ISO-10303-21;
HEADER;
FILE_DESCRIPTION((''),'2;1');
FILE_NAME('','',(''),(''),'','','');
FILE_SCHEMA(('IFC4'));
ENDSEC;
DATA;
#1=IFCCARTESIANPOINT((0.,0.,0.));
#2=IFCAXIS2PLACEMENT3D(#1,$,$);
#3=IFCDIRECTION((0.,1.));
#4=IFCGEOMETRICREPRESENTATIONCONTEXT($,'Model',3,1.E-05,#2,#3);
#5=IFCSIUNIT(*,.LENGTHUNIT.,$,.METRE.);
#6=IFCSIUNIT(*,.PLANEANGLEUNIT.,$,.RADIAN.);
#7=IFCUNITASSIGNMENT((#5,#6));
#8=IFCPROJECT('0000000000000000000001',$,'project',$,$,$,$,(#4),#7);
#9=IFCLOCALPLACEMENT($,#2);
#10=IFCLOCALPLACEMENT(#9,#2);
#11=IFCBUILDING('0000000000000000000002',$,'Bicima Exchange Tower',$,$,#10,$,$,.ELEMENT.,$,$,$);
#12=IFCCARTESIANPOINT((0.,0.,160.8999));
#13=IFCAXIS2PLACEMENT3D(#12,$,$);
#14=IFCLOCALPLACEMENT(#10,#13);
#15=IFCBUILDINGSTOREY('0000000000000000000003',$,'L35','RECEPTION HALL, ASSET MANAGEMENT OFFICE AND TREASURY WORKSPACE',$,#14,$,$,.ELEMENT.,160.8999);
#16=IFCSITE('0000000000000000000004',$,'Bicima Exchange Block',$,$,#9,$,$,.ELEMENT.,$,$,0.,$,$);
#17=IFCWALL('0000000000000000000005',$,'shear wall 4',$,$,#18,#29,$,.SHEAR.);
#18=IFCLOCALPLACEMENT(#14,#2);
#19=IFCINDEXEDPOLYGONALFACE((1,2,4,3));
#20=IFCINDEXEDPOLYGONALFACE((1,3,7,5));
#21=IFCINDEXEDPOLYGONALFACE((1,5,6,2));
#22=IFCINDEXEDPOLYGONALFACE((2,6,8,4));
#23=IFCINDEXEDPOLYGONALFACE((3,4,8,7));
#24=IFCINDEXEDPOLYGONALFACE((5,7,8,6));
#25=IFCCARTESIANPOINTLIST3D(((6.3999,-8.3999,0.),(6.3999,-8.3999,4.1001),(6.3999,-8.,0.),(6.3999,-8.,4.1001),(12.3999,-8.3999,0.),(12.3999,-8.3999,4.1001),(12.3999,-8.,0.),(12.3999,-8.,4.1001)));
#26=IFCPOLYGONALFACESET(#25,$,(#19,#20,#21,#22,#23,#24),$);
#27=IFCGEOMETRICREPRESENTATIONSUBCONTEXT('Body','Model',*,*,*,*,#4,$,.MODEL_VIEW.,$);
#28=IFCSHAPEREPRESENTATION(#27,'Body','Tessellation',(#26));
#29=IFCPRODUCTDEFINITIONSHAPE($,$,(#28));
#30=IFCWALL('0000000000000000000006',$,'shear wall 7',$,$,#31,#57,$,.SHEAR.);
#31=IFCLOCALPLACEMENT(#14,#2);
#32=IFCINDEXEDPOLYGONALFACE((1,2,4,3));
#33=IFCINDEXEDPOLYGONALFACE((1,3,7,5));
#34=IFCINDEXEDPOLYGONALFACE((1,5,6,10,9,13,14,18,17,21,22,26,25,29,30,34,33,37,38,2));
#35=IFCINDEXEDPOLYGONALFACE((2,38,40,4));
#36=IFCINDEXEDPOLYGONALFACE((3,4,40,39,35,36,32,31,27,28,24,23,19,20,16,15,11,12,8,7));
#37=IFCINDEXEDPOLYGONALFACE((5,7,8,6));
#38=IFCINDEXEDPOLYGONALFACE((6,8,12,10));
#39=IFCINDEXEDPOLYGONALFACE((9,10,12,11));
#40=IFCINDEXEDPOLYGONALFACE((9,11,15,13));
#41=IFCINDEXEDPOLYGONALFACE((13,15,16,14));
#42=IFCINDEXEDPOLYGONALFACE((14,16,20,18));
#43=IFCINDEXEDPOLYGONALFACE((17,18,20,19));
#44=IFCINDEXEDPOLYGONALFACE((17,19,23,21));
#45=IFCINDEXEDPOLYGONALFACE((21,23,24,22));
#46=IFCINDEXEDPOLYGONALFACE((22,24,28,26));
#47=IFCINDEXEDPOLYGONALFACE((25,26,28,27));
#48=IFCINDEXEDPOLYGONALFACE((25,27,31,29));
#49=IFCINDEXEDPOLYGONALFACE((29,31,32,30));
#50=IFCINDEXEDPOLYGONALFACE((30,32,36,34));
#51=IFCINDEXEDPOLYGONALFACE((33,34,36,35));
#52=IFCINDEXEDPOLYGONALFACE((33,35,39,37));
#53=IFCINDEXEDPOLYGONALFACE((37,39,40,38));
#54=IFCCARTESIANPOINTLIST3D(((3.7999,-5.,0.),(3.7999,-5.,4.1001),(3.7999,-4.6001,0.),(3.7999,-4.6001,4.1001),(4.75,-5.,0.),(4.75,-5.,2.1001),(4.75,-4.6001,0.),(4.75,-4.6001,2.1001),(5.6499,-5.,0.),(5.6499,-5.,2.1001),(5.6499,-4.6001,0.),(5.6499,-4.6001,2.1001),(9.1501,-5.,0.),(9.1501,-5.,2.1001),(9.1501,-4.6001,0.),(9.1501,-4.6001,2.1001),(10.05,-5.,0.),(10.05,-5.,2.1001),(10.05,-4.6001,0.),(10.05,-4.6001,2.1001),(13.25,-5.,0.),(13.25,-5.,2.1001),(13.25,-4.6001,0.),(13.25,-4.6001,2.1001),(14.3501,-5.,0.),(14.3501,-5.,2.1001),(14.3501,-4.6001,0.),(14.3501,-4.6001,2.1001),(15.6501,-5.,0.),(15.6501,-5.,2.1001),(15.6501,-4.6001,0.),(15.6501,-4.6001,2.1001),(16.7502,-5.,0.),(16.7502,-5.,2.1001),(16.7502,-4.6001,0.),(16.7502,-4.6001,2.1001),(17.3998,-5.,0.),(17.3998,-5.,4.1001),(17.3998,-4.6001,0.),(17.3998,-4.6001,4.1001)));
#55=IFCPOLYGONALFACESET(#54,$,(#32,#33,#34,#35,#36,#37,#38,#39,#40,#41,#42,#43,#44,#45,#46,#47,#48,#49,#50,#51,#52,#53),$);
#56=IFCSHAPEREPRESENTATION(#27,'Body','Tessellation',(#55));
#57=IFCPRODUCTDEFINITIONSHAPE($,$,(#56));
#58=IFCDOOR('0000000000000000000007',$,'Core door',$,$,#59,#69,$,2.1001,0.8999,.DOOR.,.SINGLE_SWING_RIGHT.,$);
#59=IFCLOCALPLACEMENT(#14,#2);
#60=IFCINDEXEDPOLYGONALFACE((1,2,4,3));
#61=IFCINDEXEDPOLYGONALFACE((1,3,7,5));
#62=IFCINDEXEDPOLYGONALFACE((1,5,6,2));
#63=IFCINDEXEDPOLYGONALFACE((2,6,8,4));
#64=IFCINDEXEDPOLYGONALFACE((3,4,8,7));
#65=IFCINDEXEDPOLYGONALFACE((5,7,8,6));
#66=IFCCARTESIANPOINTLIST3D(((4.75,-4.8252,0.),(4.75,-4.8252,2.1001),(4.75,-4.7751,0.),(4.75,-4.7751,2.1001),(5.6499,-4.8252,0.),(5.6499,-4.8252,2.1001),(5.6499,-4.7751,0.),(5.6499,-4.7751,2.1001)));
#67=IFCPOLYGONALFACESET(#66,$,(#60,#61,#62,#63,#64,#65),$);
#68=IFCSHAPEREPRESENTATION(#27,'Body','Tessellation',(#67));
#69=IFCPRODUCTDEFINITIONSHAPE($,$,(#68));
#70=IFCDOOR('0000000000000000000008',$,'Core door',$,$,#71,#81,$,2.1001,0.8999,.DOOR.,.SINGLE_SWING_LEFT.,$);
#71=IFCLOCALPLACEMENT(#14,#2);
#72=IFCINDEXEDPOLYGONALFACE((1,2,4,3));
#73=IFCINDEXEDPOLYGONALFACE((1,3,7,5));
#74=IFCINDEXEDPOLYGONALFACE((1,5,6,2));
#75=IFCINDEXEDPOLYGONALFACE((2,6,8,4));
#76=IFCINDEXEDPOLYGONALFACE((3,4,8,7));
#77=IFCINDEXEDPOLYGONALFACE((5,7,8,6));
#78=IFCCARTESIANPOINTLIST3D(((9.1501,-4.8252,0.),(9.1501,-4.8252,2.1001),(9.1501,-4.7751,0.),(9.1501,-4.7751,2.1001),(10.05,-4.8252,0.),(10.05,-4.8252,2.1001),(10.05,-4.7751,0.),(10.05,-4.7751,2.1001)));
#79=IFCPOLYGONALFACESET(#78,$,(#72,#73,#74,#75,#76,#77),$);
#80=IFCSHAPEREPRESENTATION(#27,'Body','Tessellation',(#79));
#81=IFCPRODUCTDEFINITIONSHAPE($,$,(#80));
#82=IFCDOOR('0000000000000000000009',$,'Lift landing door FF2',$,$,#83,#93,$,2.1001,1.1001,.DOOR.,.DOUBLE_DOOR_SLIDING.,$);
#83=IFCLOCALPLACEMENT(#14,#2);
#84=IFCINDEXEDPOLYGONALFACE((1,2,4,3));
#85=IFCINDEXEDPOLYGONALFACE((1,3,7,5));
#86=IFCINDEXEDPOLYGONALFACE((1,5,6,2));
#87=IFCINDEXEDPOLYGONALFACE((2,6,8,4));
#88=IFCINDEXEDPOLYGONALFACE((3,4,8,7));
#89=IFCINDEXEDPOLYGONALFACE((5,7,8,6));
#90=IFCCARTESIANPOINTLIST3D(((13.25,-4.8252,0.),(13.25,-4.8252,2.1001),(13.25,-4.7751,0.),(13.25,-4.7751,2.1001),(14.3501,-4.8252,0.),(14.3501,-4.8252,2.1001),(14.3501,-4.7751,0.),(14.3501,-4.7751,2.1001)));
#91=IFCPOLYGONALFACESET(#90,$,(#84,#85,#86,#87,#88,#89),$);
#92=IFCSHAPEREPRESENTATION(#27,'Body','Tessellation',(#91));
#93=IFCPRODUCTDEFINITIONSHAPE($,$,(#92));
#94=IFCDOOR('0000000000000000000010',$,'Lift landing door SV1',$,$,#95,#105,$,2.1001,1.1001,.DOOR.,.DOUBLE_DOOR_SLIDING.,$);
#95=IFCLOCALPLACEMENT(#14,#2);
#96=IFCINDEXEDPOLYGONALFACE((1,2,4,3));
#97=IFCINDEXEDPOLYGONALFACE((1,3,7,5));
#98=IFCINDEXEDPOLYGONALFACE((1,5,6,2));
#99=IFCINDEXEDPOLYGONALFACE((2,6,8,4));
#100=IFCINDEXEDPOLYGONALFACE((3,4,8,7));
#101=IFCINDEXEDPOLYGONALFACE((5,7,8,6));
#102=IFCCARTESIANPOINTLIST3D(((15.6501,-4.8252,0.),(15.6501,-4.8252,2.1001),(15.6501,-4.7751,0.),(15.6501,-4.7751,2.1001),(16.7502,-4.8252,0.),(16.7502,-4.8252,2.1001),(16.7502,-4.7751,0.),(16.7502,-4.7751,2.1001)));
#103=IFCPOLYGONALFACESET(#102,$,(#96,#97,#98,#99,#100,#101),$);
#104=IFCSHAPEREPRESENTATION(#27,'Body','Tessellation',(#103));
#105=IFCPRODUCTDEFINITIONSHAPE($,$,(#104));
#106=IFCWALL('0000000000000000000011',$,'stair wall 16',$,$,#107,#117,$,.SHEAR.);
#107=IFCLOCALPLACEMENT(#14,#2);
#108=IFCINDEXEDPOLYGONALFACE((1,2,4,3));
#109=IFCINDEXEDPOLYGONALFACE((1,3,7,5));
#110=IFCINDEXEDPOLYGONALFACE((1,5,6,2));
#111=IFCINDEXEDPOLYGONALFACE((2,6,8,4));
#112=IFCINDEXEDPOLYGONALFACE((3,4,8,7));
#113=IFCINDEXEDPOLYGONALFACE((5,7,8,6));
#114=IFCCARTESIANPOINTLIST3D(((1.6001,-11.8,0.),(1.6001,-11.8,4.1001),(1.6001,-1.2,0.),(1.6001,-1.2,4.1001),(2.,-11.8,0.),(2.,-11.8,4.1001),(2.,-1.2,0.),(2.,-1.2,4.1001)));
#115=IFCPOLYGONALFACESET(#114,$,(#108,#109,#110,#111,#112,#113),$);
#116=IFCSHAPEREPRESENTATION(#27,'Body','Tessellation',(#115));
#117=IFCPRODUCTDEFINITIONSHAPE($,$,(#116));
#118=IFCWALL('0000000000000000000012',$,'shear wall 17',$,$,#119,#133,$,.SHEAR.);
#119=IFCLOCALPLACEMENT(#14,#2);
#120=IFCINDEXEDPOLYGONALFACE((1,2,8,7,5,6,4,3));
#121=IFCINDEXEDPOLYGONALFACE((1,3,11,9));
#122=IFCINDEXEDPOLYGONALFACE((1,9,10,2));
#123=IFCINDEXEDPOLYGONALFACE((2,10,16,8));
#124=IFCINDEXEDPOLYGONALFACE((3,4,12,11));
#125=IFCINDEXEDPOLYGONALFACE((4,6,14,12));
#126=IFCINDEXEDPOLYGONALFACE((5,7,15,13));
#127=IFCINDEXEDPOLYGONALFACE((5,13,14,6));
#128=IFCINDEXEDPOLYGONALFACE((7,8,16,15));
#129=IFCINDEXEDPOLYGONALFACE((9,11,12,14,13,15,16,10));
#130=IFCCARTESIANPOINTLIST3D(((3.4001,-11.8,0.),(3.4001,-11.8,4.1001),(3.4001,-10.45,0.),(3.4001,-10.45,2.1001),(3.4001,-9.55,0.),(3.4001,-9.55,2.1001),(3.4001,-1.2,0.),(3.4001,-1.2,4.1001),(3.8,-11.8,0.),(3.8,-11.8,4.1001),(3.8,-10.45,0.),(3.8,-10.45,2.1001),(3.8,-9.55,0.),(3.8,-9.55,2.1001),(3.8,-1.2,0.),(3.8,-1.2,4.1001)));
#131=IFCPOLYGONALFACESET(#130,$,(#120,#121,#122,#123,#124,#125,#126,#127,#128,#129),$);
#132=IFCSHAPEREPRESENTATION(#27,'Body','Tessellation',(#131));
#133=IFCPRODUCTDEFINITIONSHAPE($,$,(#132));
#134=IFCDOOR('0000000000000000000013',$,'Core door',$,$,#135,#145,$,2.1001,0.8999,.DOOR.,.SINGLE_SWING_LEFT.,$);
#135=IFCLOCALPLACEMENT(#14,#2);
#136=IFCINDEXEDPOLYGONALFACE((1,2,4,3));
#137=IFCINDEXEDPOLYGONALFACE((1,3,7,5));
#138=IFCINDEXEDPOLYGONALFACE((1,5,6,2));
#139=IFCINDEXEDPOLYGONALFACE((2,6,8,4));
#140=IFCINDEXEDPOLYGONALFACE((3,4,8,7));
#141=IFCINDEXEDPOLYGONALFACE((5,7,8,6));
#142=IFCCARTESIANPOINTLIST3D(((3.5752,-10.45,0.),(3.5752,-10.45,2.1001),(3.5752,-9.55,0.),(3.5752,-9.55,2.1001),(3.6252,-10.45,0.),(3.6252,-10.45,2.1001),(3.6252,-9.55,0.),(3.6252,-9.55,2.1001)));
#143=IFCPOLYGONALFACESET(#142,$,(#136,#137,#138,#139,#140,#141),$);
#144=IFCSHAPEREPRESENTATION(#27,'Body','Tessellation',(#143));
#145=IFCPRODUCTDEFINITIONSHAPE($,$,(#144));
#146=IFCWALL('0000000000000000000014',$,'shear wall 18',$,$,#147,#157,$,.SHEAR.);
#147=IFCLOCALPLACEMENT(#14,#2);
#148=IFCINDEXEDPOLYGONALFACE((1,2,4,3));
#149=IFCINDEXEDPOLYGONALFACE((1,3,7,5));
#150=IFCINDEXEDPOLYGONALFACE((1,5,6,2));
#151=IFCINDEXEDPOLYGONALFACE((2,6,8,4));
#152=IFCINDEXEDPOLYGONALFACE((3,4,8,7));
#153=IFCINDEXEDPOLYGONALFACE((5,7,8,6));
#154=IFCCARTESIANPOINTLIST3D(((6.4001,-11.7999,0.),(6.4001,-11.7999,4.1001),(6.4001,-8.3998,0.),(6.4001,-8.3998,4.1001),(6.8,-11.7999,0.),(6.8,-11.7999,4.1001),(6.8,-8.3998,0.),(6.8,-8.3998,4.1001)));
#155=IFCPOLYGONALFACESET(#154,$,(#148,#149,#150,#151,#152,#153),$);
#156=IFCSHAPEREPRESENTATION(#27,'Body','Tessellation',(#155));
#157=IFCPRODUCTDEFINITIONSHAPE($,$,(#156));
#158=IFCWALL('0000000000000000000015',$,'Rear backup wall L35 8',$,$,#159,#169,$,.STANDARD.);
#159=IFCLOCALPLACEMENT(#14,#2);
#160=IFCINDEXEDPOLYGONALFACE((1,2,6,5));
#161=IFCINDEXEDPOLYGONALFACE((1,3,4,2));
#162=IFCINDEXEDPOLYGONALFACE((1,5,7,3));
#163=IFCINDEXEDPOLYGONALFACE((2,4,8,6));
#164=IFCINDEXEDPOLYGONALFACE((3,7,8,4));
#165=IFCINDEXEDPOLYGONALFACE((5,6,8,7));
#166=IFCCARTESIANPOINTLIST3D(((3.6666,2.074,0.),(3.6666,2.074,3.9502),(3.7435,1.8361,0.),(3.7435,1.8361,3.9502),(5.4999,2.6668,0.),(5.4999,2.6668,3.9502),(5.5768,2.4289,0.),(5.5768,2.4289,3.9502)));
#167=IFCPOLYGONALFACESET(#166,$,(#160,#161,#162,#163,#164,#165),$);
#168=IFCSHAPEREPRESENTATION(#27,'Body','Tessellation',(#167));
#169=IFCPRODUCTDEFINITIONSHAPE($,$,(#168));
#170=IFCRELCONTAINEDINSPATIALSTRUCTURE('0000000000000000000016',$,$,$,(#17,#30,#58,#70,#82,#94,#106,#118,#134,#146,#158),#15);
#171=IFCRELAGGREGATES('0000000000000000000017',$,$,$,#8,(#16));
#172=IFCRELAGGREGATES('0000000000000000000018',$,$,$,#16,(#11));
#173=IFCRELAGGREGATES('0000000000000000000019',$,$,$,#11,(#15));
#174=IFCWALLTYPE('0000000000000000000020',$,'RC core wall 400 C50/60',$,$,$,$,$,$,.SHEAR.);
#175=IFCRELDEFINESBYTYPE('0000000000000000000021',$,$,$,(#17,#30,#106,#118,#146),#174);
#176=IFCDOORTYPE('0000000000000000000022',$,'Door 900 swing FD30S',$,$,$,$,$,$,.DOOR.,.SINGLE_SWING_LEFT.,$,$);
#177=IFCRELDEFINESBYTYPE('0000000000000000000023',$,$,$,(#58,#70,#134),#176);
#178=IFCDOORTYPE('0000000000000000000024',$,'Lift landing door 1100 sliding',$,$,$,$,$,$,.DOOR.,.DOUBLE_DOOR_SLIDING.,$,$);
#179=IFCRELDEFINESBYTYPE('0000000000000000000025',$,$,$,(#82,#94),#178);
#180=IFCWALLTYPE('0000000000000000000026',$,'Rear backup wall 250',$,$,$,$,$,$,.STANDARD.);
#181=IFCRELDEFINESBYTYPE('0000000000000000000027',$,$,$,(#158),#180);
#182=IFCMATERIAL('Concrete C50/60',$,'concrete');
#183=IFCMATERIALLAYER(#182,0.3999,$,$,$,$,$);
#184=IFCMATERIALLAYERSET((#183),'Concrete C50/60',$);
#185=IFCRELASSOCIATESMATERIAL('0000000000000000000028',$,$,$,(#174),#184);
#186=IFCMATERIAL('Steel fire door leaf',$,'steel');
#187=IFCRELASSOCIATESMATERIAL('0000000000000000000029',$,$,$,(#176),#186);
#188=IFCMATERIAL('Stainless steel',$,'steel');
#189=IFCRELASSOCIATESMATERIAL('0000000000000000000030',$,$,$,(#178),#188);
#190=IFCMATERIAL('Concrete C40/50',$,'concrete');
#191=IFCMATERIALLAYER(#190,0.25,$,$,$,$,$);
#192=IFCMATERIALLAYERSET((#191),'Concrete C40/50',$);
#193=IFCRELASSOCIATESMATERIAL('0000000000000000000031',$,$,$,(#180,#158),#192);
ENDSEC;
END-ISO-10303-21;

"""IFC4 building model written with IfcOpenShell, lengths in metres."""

from ifc_helpers import new_model, si_unit, direction, frame, frame_2d, origin, place, context, subcontext, project, spatial, rectangle, extrude, material, layer, layer_set, layer_usage, type_object, element, fill, save


model = new_model("IFC4")

# Units and contexts
model_context = context("Model", 3, precision=1e-05, world=origin(), true_north=direction((0.0, 1.0)))
body_context = subcontext(model_context, "Body", "Model", "MODEL_VIEW")
ifc_project = project(units=[si_unit("LENGTHUNIT", "METRE"), si_unit("PLANEANGLEUNIT", "RADIAN")], contexts=[model_context])

# Site, building, storey
site_placement = place(None, origin())
site = spatial("IfcSite", under=ifc_project, at=site_placement, Name="Bicima Exchange Block", CompositionType="ELEMENT", RefElevation=0.0)
building_placement = place(site_placement, origin())
building = spatial("IfcBuilding", under=site, at=building_placement, Name="Bicima Exchange Tower", CompositionType="ELEMENT")
storey_placement = place(building_placement, frame((0.0, 0.0, 160.8999)))
storey = spatial("IfcBuildingStorey", under=building, at=storey_placement, Name="L35", Description="RECEPTION HALL, ASSET MANAGEMENT OFFICE AND TREASURY WORKSPACE", CompositionType="ELEMENT", Elevation=160.8999)

# Shared definitions
ifc_material_1 = material(Name="Concrete C40/50", Category="concrete")

# Shared definitions
ifc_material_2 = material(Name="Concrete C50/60", Category="concrete")

# Wall
ifc_layer_1 = layer(ifc_material_2, 0.3999)
ifc_layer_set_1 = layer_set([ifc_layer_1], Name="Concrete C50/60")
wall_type_1 = type_object("IfcWallType", Name="RC core wall 400 C50/60", PredefinedType="SHEAR", material=ifc_layer_set_1)
wall_1_placement = place(storey_placement, frame((6.3999, -8.2, 0.0), z_axis=(0.0, 0.0, 1.0), x_axis=(1.0, 0.0, 0.0)))
element("IfcWall", 1, at=wall_1_placement, inside=storey, type_object=wall_type_1, Name="shear wall 4", PredefinedType="SHEAR", context=body_context, shape_type="SweptSolid", body=[
    extrude(rectangle(XDim=6.0, YDim=0.3999, at=frame_2d((3.0, 0.0))), origin(), (0.0, 0.0, 1.0), 4.1001),
])

# Wall, openings, doors
wall_2_placement = place(storey_placement, frame((3.8, -4.8, 0.0), z_axis=(0.0, 0.0, 1.0), x_axis=(1.0, 0.0, 0.0)))
wall_2 = element("IfcWall", 2, at=wall_2_placement, inside=storey, type_object=wall_type_1, Name="shear wall 7", PredefinedType="SHEAR", context=body_context, shape_type="SweptSolid", body=[
    extrude(rectangle(XDim=13.5999, YDim=0.3999, at=frame_2d((6.7998, 0.0))), origin(), (0.0, 0.0, 1.0), 4.1001),
])
opening_1_placement = place(wall_2_placement, frame((9.45, 0.0, 0.0)))
opening_1 = element("IfcOpeningElement", 3, at=opening_1_placement, cuts=wall_2, PredefinedType="OPENING", context=body_context, shape_type="SweptSolid", body=[
    extrude(rectangle(XDim=1.1001, YDim=2.1001, at=frame_2d((0.55, 1.05))), frame((0.0, 0.2119, 0.0), z_axis=(0.0, -1.0, 0.0), x_axis=(1.0, 0.0, 0.0)), (0.0, 0.0, 1.0), 0.4238),
])
opening_2_placement = place(wall_2_placement, frame((11.8501, 0.0, 0.0)))
opening_2 = element("IfcOpeningElement", 4, at=opening_2_placement, cuts=wall_2, PredefinedType="OPENING", context=body_context, shape_type="SweptSolid", body=[
    extrude(rectangle(XDim=1.1001, YDim=2.1001, at=frame_2d((0.55, 1.05))), frame((0.0, 0.2119, 0.0), z_axis=(0.0, -1.0, 0.0), x_axis=(1.0, 0.0, 0.0)), (0.0, 0.0, 1.0), 0.4238),
])
opening_3_placement = place(wall_2_placement, frame((0.95, 0.0, 0.0)))
opening_3 = element("IfcOpeningElement", 5, at=opening_3_placement, cuts=wall_2, PredefinedType="OPENING", context=body_context, shape_type="SweptSolid", body=[
    extrude(rectangle(XDim=0.8999, YDim=2.1001, at=frame_2d((0.45, 1.05))), frame((0.0, 0.2119, 0.0), z_axis=(0.0, -1.0, 0.0), x_axis=(1.0, 0.0, 0.0)), (0.0, 0.0, 1.0), 0.4238),
])
opening_4_placement = place(wall_2_placement, frame((5.3501, 0.0, 0.0)))
opening_4 = element("IfcOpeningElement", 6, at=opening_4_placement, cuts=wall_2, PredefinedType="OPENING", context=body_context, shape_type="SweptSolid", body=[
    extrude(rectangle(XDim=0.8999, YDim=2.1001, at=frame_2d((0.45, 1.05))), frame((0.0, 0.2119, 0.0), z_axis=(0.0, -1.0, 0.0), x_axis=(1.0, 0.0, 0.0)), (0.0, 0.0, 1.0), 0.4238),
])
ifc_material_3 = material(Name="Steel fire door leaf", Category="steel")
door_type_1 = type_object("IfcDoorType", Name="Door 900 swing FD30S", OperationType="SINGLE_SWING_LEFT", PredefinedType="DOOR", material=ifc_material_3)
door_1_placement = place(opening_3_placement, origin())
door_1 = element("IfcDoor", 7, at=door_1_placement, inside=storey, type_object=door_type_1, Name="Core door", OperationType="SINGLE_SWING_RIGHT", OverallHeight=2.1001, OverallWidth=0.8999, PredefinedType="DOOR", context=body_context, shape_type="SweptSolid", body=[
    extrude(rectangle(XDim=0.8999, YDim=2.1001, at=frame_2d((0.45, 1.05))), frame((0.0, 0.0249, 0.0), z_axis=(0.0, -1.0, 0.0), x_axis=(1.0, 0.0, 0.0)), (0.0, 0.0, 1.0), 0.05),
])
fill(opening_3, door_1)
door_2_placement = place(opening_4_placement, origin())
door_2 = element("IfcDoor", 8, at=door_2_placement, inside=storey, type_object=door_type_1, Name="Core door", OperationType="SINGLE_SWING_LEFT", OverallHeight=2.1001, OverallWidth=0.8999, PredefinedType="DOOR", context=body_context, shape_type="SweptSolid", body=[
    extrude(rectangle(XDim=0.8999, YDim=2.1001, at=frame_2d((0.45, 1.05))), frame((0.0, 0.0249, 0.0), z_axis=(0.0, -1.0, 0.0), x_axis=(1.0, 0.0, 0.0)), (0.0, 0.0, 1.0), 0.05),
])
fill(opening_4, door_2)
ifc_material_4 = material(Name="Stainless steel", Category="steel")
door_type_2 = type_object("IfcDoorType", Name="Lift landing door 1100 sliding", OperationType="DOUBLE_DOOR_SLIDING", PredefinedType="DOOR", material=ifc_material_4)
door_3_placement = place(opening_1_placement, origin())
door_3 = element("IfcDoor", 9, at=door_3_placement, inside=storey, type_object=door_type_2, Name="Lift landing door FF2", OperationType="DOUBLE_DOOR_SLIDING", OverallHeight=2.1001, OverallWidth=1.1001, PredefinedType="DOOR", context=body_context, shape_type="SweptSolid", body=[
    extrude(rectangle(XDim=1.1001, YDim=2.1001, at=frame_2d((0.55, 1.05))), frame((0.0, 0.0249, 0.0), z_axis=(0.0, -1.0, 0.0), x_axis=(1.0, 0.0, 0.0)), (0.0, 0.0, 1.0), 0.05),
])
fill(opening_1, door_3)
door_4_placement = place(opening_2_placement, origin())
door_4 = element("IfcDoor", 10, at=door_4_placement, inside=storey, type_object=door_type_2, Name="Lift landing door SV1", OperationType="DOUBLE_DOOR_SLIDING", OverallHeight=2.1001, OverallWidth=1.1001, PredefinedType="DOOR", context=body_context, shape_type="SweptSolid", body=[
    extrude(rectangle(XDim=1.1001, YDim=2.1001, at=frame_2d((0.55, 1.05))), frame((0.0, 0.0249, 0.0), z_axis=(0.0, -1.0, 0.0), x_axis=(1.0, 0.0, 0.0)), (0.0, 0.0, 1.0), 0.05),
])
fill(opening_2, door_4)

# Wall
wall_3_placement = place(storey_placement, frame((1.8, -11.8, 0.0), z_axis=(0.0, 0.0, 1.0), x_axis=(0.0, 1.0, 0.0)))
element("IfcWall", 11, at=wall_3_placement, inside=storey, type_object=wall_type_1, Name="stair wall 16", PredefinedType="SHEAR", context=body_context, shape_type="SweptSolid", body=[
    extrude(rectangle(XDim=10.6001, YDim=0.3999, at=frame_2d((5.3, 0.0))), origin(), (0.0, 0.0, 1.0), 4.1001),
])

# Wall, opening, door
wall_4_placement = place(storey_placement, frame((3.6001, -11.8, 0.0), z_axis=(0.0, 0.0, 1.0), x_axis=(0.0, 1.0, 0.0)))
wall_4 = element("IfcWall", 12, at=wall_4_placement, inside=storey, type_object=wall_type_1, Name="shear wall 17", PredefinedType="SHEAR", context=body_context, shape_type="SweptSolid", body=[
    extrude(rectangle(XDim=10.6001, YDim=0.3999, at=frame_2d((5.3, 0.0))), origin(), (0.0, 0.0, 1.0), 4.1001),
])
opening_5_placement = place(wall_4_placement, frame((1.3501, 0.0, 0.0)))
opening_5 = element("IfcOpeningElement", 13, at=opening_5_placement, cuts=wall_4, PredefinedType="OPENING", context=body_context, shape_type="SweptSolid", body=[
    extrude(rectangle(XDim=0.8999, YDim=2.1001, at=frame_2d((0.45, 1.05))), frame((0.0, 0.2119, 0.0), z_axis=(0.0, -1.0, 0.0), x_axis=(1.0, 0.0, 0.0)), (0.0, 0.0, 1.0), 0.4238),
])
door_5_placement = place(opening_5_placement, origin())
door_5 = element("IfcDoor", 14, at=door_5_placement, inside=storey, type_object=door_type_1, Name="Core door", OperationType="SINGLE_SWING_LEFT", OverallHeight=2.1001, OverallWidth=0.8999, PredefinedType="DOOR", context=body_context, shape_type="SweptSolid", body=[
    extrude(rectangle(XDim=0.8999, YDim=2.1001, at=frame_2d((0.45, 1.05))), frame((0.0, 0.0249, 0.0), z_axis=(0.0, -1.0, 0.0), x_axis=(1.0, 0.0, 0.0)), (0.0, 0.0, 1.0), 0.05),
])
fill(opening_5, door_5)

# Walls
wall_5_placement = place(storey_placement, frame((6.6001, -11.8, 0.0), z_axis=(0.0, 0.0, 1.0), x_axis=(0.0, 1.0, 0.0)))
element("IfcWall", 15, at=wall_5_placement, inside=storey, type_object=wall_type_1, Name="shear wall 18", PredefinedType="SHEAR", context=body_context, shape_type="SweptSolid", body=[
    extrude(rectangle(XDim=3.4001, YDim=0.3999, at=frame_2d((1.7002, 0.0))), origin(), (0.0, 0.0, 1.0), 4.1001),
])
ifc_layer_2 = layer(ifc_material_1, 0.25)
ifc_layer_set_2 = layer_set([ifc_layer_2], Name="Concrete C40/50")
ifc_layer_usage = layer_usage(ifc_layer_set_2, "AXIS2", "POSITIVE", -0.125)
wall_type_2 = type_object("IfcWallType", Name="Rear backup wall 250", PredefinedType="STANDARD", material=ifc_layer_set_2)
wall_6_placement = place(storey_placement, frame((5.5383, 2.5479, 0.0), z_axis=(0.0, 0.0, 1.0), x_axis=(-0.951496, -0.307662, 0.0)))
element("IfcWall", 16, at=wall_6_placement, inside=storey, type_object=wall_type_2, material=ifc_layer_usage, Name="Rear backup wall L35 8", PredefinedType="STANDARD", context=body_context, shape_type="SweptSolid", body=[
    extrude(rectangle(XDim=1.9268, YDim=0.25, at=frame_2d((0.9634, 0.0))), origin(), (0.0, 0.0, 1.0), 3.9502),
])

save(model, "model.ifc")
